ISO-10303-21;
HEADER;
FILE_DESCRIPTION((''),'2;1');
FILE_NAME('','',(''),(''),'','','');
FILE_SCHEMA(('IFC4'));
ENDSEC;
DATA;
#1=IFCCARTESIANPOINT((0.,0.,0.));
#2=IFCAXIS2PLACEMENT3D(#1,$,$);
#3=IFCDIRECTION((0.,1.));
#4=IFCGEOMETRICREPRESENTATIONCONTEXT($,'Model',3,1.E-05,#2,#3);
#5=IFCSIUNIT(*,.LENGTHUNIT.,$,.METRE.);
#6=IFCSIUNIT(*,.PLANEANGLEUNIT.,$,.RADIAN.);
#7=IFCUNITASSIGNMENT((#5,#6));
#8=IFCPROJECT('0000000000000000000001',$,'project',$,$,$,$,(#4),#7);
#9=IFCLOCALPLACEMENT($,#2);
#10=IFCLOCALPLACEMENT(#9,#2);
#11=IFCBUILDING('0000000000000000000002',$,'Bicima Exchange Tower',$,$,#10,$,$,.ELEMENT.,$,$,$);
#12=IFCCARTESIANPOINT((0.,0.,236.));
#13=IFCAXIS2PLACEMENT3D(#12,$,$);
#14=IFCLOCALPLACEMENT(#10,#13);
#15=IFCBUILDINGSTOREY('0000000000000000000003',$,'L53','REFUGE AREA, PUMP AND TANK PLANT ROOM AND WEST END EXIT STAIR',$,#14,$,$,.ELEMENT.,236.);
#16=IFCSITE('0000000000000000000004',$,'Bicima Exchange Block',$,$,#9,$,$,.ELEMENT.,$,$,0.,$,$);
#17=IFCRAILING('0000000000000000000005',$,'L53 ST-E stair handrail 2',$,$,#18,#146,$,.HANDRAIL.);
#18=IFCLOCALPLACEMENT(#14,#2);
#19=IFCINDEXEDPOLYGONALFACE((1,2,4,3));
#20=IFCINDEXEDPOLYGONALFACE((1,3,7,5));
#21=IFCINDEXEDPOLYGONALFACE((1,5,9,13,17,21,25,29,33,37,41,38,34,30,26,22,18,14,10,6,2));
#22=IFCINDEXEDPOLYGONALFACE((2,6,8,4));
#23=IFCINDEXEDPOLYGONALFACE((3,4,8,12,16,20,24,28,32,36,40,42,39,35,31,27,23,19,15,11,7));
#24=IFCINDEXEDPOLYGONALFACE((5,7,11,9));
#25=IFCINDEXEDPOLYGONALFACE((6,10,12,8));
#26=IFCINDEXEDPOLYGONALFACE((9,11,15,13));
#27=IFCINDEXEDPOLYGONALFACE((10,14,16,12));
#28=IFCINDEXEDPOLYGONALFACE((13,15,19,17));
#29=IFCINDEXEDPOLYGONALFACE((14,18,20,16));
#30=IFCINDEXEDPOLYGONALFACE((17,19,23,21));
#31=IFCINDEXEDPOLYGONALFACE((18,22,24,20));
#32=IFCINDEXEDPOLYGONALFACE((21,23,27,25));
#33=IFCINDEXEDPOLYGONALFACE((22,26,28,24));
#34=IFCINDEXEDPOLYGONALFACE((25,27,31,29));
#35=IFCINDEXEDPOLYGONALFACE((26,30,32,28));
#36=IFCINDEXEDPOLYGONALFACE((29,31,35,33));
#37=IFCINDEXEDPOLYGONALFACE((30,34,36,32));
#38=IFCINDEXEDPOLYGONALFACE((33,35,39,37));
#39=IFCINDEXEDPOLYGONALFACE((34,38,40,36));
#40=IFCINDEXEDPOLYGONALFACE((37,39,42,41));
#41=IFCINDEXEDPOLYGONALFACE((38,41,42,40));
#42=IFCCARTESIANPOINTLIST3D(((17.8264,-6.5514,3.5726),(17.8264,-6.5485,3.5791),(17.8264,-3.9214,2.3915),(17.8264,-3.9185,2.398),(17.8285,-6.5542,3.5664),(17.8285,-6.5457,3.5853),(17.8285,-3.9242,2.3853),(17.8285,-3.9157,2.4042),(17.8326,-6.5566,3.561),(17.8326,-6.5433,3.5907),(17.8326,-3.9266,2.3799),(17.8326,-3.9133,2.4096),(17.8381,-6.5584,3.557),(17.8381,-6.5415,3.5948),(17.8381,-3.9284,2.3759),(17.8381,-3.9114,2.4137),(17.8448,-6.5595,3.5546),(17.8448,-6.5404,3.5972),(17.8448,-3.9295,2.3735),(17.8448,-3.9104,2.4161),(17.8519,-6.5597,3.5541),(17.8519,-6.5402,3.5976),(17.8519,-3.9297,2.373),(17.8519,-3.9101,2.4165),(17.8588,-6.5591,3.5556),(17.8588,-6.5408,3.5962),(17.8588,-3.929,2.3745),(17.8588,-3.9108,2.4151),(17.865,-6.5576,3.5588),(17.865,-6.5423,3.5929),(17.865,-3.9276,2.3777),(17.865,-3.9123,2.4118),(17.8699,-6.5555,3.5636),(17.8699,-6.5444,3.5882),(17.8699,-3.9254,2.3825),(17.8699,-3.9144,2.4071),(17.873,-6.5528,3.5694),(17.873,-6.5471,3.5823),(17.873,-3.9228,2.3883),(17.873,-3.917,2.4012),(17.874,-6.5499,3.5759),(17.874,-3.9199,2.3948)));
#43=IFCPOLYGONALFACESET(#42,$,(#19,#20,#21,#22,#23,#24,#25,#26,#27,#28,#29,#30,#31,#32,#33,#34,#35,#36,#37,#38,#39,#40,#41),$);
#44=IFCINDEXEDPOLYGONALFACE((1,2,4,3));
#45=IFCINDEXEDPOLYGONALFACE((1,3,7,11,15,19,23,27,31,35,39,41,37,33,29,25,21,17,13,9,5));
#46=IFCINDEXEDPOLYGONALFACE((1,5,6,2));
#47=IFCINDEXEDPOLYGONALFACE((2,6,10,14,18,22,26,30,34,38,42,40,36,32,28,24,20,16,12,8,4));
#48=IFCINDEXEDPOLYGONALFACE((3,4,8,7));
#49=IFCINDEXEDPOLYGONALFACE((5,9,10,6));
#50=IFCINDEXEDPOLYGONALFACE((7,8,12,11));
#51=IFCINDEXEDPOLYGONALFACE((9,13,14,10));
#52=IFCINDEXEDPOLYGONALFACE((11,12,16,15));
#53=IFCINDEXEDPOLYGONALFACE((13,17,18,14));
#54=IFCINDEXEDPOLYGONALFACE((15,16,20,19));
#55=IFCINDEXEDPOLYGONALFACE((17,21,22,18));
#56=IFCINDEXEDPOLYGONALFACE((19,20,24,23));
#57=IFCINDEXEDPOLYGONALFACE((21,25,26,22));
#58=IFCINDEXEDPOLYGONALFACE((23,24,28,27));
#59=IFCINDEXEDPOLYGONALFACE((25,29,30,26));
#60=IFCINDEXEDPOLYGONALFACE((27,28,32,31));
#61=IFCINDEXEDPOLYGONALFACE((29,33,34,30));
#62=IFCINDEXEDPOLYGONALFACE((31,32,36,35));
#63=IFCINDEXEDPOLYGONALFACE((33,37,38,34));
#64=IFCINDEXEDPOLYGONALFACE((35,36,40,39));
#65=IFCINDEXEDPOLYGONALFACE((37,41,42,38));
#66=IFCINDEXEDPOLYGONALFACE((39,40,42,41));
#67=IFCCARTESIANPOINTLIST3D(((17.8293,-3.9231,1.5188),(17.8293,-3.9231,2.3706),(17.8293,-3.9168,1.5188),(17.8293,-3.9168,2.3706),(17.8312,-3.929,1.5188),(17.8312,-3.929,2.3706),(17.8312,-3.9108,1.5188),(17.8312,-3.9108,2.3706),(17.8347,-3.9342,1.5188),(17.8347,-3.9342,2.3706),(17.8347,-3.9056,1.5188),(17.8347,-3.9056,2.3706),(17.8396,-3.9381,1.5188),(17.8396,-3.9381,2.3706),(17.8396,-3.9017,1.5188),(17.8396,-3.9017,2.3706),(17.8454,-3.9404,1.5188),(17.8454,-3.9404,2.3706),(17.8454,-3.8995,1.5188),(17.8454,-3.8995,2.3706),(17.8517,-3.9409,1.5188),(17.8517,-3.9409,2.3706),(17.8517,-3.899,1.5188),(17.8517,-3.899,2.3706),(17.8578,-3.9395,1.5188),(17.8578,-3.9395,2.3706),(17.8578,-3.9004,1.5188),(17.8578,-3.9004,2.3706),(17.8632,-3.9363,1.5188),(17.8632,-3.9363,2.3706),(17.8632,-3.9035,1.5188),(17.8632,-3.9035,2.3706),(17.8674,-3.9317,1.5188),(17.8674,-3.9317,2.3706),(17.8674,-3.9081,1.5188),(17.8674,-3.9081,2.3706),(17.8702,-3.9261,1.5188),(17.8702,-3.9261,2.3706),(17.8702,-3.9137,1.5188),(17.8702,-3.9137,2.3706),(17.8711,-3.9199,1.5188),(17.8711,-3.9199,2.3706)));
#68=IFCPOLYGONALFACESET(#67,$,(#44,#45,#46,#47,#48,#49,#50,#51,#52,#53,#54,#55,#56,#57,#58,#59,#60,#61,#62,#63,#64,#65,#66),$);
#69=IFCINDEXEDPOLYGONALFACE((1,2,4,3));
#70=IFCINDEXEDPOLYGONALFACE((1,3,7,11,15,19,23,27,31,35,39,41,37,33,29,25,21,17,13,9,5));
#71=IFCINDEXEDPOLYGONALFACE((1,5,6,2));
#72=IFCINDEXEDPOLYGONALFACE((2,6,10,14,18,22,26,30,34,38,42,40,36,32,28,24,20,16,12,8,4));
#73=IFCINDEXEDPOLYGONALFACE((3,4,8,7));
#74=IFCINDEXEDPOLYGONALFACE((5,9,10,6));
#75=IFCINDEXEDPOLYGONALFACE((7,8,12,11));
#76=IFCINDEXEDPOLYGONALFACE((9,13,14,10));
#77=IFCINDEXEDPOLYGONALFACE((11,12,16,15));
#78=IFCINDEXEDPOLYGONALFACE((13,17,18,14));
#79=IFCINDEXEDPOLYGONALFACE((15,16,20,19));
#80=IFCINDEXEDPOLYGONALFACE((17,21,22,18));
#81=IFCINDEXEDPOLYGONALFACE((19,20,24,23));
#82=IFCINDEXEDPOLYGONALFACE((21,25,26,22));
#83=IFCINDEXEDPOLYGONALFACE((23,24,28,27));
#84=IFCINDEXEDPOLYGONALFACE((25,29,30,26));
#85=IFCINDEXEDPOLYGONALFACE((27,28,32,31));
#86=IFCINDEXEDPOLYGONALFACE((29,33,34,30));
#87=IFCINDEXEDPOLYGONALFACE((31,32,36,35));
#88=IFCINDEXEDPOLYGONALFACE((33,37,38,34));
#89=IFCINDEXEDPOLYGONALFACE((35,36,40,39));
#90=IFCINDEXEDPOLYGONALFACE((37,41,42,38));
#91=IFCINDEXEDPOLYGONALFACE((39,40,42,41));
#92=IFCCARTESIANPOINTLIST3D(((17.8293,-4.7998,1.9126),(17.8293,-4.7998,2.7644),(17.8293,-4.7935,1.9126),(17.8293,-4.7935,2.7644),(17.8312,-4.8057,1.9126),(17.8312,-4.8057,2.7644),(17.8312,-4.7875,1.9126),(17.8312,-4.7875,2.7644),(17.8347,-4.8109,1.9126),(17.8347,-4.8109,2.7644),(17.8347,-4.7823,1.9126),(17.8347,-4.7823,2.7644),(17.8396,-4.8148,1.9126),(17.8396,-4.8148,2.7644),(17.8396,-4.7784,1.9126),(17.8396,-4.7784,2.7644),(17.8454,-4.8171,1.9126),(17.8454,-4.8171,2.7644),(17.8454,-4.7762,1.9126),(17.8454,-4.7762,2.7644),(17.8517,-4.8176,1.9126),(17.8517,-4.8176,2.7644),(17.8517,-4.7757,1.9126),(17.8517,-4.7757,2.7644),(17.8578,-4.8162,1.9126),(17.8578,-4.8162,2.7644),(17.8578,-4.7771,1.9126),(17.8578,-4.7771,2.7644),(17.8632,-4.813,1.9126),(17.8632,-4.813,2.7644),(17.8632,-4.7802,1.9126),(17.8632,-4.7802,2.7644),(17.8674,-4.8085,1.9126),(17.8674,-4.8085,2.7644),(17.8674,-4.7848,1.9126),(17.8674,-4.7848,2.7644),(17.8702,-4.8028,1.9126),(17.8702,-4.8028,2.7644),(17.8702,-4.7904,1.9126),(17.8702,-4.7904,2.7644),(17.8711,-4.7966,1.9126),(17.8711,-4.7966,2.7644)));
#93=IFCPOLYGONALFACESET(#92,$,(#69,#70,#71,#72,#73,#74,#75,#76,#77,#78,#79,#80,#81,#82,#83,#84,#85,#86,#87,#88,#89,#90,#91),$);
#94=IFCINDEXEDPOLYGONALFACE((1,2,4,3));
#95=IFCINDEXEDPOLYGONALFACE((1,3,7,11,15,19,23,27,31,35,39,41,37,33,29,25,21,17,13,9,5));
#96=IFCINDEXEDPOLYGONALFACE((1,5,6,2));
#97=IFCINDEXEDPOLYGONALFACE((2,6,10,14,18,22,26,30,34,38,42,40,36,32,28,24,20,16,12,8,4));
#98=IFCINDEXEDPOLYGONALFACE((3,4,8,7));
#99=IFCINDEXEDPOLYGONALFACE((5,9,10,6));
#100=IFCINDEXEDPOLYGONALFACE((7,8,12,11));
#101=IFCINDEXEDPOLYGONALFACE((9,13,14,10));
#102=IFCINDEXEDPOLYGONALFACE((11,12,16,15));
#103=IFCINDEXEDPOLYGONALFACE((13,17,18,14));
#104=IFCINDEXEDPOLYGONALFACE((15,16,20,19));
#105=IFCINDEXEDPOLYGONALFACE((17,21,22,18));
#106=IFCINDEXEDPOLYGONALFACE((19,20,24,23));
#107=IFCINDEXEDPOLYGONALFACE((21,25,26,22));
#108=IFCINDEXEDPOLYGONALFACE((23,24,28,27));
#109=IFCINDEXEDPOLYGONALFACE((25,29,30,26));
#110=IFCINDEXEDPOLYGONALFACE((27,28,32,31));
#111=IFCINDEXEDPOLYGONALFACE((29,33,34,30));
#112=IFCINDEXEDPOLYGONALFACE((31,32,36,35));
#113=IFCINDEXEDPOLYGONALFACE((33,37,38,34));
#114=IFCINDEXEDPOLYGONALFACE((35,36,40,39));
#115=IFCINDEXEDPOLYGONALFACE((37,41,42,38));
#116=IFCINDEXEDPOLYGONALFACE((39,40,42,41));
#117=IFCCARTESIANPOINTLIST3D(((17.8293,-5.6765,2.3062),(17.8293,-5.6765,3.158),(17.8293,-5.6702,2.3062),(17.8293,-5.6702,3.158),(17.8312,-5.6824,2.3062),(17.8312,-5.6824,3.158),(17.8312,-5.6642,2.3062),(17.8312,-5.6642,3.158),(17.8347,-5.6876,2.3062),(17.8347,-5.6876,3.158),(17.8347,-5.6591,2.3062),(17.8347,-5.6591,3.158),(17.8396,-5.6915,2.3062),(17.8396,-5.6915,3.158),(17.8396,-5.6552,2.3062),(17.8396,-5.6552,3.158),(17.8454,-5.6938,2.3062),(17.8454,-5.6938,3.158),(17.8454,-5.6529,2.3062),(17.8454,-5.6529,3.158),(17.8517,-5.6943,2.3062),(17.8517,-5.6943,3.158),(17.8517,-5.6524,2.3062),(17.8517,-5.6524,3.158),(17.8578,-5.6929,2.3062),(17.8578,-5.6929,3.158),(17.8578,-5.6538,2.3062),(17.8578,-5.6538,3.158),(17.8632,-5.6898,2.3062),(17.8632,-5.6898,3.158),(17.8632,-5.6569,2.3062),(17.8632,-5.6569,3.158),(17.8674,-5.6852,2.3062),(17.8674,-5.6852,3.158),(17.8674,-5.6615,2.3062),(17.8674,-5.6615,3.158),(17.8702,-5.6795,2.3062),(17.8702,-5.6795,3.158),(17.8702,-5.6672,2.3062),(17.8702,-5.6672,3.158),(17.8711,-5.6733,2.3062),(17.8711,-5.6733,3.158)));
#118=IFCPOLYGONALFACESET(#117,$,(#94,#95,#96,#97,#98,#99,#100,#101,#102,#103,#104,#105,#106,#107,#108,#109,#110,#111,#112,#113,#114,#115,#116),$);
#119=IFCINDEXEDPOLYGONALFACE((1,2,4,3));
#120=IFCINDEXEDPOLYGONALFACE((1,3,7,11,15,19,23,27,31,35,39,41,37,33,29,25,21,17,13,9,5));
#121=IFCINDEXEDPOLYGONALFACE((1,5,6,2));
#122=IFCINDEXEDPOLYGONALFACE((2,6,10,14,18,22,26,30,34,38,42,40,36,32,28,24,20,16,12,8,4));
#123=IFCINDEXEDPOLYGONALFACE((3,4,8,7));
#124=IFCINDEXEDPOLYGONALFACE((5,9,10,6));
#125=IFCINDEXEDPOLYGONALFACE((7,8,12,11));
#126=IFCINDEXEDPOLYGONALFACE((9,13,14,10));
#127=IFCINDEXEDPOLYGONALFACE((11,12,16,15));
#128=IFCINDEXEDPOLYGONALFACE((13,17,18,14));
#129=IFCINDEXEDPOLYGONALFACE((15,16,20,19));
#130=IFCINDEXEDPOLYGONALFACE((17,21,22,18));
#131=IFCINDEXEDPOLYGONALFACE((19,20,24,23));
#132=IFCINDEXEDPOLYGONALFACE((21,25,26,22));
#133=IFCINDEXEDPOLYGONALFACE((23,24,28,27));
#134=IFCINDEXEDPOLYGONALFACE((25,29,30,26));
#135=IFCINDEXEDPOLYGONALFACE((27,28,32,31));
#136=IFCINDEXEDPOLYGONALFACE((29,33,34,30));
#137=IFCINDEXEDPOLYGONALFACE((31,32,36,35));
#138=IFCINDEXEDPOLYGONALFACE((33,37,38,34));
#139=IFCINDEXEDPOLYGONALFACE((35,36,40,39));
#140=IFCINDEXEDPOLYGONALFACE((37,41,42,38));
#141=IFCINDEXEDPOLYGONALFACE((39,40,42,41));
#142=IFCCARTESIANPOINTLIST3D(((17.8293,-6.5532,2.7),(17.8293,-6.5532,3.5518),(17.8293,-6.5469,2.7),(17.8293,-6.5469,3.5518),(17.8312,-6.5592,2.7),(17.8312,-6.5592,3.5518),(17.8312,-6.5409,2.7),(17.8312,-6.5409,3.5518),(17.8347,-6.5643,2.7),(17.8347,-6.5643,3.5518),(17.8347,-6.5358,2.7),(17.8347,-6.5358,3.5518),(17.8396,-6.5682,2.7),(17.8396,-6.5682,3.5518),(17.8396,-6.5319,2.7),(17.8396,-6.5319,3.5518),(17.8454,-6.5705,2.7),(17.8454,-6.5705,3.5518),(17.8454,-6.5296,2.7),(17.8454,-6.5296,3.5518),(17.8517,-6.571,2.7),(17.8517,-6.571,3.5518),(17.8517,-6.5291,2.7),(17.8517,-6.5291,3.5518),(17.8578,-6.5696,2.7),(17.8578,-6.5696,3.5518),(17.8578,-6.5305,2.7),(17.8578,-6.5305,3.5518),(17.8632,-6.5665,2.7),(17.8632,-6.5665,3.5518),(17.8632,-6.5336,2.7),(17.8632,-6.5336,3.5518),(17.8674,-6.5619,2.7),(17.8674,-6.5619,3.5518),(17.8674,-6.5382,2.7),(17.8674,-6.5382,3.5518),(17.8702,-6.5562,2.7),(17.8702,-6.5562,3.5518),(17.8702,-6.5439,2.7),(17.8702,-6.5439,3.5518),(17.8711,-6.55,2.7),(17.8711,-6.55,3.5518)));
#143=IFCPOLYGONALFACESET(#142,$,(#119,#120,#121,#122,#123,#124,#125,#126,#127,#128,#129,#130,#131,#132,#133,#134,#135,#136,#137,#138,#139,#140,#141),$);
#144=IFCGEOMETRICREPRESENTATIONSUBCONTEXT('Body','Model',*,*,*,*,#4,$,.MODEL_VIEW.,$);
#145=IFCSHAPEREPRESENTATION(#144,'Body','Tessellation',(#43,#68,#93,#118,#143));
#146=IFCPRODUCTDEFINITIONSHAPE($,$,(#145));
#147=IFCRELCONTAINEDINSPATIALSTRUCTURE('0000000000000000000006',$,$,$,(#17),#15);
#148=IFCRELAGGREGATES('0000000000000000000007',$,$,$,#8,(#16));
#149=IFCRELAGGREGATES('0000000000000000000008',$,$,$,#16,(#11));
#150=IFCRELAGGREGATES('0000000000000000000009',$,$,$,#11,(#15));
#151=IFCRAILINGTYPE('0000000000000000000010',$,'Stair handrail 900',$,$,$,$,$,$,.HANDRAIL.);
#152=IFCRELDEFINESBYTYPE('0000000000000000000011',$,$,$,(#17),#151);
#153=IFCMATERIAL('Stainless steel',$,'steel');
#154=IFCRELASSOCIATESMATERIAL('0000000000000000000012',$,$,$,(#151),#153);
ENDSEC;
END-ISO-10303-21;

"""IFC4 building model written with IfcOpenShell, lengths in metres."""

from ifc_helpers import new_model, si_unit, direction, frame, origin, origin_2d, place, context, subcontext, project, spatial, circle, extrude, material, type_object, element, save


model = new_model("IFC4")

# Units and contexts
model_context = context("Model", 3, precision=1e-05, world=origin(), true_north=direction((0.0, 1.0)))
body_context = subcontext(model_context, "Body", "Model", "MODEL_VIEW")
ifc_project = project(units=[si_unit("LENGTHUNIT", "METRE"), si_unit("PLANEANGLEUNIT", "RADIAN")], contexts=[model_context])

# Site, building, storey
site_placement = place(None, origin())
site = spatial("IfcSite", under=ifc_project, at=site_placement, Name="Bicima Exchange Block", CompositionType="ELEMENT", RefElevation=0.0)
building_placement = place(site_placement, origin())
building = spatial("IfcBuilding", under=site, at=building_placement, Name="Bicima Exchange Tower", CompositionType="ELEMENT")
storey_placement = place(building_placement, frame((0.0, 0.0, 236.0)))
storey = spatial("IfcBuildingStorey", under=building, at=storey_placement, Name="L53", Description="REFUGE AREA, PUMP AND TANK PLANT ROOM AND WEST END EXIT STAIR", CompositionType="ELEMENT", Elevation=236.0)

# Railing
ifc_material_1 = material(Name="Stainless steel", Category="steel")
railing_type_1 = type_object("IfcRailingType", Name="Stair handrail 900", PredefinedType="HANDRAIL", material=ifc_material_1)
railing_1_placement = place(storey_placement, frame((17.8501, -3.9199, 1.5188)))
element("IfcRailing", 1, at=railing_1_placement, inside=storey, type_object=railing_type_1, Name="L53 ST-E stair handrail 2", PredefinedType="HANDRAIL", context=body_context, shape_type="SweptSolid", body=[
    extrude(circle(Radius=0.0239, at=origin_2d()), frame((0.0, 0.0, 0.876), z_axis=(0.0, -0.912233, 0.409671), x_axis=(1.0, 0.0, 0.0)), (0.0, 0.0, 1.0), 2.8831),
    extrude(circle(Radius=0.021, at=origin_2d()), origin(), (0.0, 0.0, 1.0), 0.8518),
    extrude(circle(Radius=0.021, at=origin_2d()), frame((0.0, -0.8767, 0.3938)), (0.0, 0.0, 1.0), 0.8518),
    extrude(circle(Radius=0.021, at=origin_2d()), frame((0.0, -1.7534, 0.7874)), (0.0, 0.0, 1.0), 0.8518),
    extrude(circle(Radius=0.021, at=origin_2d()), frame((0.0, -2.6301, 1.1812)), (0.0, 0.0, 1.0), 0.8518),
])

save(model, "model.ifc")
